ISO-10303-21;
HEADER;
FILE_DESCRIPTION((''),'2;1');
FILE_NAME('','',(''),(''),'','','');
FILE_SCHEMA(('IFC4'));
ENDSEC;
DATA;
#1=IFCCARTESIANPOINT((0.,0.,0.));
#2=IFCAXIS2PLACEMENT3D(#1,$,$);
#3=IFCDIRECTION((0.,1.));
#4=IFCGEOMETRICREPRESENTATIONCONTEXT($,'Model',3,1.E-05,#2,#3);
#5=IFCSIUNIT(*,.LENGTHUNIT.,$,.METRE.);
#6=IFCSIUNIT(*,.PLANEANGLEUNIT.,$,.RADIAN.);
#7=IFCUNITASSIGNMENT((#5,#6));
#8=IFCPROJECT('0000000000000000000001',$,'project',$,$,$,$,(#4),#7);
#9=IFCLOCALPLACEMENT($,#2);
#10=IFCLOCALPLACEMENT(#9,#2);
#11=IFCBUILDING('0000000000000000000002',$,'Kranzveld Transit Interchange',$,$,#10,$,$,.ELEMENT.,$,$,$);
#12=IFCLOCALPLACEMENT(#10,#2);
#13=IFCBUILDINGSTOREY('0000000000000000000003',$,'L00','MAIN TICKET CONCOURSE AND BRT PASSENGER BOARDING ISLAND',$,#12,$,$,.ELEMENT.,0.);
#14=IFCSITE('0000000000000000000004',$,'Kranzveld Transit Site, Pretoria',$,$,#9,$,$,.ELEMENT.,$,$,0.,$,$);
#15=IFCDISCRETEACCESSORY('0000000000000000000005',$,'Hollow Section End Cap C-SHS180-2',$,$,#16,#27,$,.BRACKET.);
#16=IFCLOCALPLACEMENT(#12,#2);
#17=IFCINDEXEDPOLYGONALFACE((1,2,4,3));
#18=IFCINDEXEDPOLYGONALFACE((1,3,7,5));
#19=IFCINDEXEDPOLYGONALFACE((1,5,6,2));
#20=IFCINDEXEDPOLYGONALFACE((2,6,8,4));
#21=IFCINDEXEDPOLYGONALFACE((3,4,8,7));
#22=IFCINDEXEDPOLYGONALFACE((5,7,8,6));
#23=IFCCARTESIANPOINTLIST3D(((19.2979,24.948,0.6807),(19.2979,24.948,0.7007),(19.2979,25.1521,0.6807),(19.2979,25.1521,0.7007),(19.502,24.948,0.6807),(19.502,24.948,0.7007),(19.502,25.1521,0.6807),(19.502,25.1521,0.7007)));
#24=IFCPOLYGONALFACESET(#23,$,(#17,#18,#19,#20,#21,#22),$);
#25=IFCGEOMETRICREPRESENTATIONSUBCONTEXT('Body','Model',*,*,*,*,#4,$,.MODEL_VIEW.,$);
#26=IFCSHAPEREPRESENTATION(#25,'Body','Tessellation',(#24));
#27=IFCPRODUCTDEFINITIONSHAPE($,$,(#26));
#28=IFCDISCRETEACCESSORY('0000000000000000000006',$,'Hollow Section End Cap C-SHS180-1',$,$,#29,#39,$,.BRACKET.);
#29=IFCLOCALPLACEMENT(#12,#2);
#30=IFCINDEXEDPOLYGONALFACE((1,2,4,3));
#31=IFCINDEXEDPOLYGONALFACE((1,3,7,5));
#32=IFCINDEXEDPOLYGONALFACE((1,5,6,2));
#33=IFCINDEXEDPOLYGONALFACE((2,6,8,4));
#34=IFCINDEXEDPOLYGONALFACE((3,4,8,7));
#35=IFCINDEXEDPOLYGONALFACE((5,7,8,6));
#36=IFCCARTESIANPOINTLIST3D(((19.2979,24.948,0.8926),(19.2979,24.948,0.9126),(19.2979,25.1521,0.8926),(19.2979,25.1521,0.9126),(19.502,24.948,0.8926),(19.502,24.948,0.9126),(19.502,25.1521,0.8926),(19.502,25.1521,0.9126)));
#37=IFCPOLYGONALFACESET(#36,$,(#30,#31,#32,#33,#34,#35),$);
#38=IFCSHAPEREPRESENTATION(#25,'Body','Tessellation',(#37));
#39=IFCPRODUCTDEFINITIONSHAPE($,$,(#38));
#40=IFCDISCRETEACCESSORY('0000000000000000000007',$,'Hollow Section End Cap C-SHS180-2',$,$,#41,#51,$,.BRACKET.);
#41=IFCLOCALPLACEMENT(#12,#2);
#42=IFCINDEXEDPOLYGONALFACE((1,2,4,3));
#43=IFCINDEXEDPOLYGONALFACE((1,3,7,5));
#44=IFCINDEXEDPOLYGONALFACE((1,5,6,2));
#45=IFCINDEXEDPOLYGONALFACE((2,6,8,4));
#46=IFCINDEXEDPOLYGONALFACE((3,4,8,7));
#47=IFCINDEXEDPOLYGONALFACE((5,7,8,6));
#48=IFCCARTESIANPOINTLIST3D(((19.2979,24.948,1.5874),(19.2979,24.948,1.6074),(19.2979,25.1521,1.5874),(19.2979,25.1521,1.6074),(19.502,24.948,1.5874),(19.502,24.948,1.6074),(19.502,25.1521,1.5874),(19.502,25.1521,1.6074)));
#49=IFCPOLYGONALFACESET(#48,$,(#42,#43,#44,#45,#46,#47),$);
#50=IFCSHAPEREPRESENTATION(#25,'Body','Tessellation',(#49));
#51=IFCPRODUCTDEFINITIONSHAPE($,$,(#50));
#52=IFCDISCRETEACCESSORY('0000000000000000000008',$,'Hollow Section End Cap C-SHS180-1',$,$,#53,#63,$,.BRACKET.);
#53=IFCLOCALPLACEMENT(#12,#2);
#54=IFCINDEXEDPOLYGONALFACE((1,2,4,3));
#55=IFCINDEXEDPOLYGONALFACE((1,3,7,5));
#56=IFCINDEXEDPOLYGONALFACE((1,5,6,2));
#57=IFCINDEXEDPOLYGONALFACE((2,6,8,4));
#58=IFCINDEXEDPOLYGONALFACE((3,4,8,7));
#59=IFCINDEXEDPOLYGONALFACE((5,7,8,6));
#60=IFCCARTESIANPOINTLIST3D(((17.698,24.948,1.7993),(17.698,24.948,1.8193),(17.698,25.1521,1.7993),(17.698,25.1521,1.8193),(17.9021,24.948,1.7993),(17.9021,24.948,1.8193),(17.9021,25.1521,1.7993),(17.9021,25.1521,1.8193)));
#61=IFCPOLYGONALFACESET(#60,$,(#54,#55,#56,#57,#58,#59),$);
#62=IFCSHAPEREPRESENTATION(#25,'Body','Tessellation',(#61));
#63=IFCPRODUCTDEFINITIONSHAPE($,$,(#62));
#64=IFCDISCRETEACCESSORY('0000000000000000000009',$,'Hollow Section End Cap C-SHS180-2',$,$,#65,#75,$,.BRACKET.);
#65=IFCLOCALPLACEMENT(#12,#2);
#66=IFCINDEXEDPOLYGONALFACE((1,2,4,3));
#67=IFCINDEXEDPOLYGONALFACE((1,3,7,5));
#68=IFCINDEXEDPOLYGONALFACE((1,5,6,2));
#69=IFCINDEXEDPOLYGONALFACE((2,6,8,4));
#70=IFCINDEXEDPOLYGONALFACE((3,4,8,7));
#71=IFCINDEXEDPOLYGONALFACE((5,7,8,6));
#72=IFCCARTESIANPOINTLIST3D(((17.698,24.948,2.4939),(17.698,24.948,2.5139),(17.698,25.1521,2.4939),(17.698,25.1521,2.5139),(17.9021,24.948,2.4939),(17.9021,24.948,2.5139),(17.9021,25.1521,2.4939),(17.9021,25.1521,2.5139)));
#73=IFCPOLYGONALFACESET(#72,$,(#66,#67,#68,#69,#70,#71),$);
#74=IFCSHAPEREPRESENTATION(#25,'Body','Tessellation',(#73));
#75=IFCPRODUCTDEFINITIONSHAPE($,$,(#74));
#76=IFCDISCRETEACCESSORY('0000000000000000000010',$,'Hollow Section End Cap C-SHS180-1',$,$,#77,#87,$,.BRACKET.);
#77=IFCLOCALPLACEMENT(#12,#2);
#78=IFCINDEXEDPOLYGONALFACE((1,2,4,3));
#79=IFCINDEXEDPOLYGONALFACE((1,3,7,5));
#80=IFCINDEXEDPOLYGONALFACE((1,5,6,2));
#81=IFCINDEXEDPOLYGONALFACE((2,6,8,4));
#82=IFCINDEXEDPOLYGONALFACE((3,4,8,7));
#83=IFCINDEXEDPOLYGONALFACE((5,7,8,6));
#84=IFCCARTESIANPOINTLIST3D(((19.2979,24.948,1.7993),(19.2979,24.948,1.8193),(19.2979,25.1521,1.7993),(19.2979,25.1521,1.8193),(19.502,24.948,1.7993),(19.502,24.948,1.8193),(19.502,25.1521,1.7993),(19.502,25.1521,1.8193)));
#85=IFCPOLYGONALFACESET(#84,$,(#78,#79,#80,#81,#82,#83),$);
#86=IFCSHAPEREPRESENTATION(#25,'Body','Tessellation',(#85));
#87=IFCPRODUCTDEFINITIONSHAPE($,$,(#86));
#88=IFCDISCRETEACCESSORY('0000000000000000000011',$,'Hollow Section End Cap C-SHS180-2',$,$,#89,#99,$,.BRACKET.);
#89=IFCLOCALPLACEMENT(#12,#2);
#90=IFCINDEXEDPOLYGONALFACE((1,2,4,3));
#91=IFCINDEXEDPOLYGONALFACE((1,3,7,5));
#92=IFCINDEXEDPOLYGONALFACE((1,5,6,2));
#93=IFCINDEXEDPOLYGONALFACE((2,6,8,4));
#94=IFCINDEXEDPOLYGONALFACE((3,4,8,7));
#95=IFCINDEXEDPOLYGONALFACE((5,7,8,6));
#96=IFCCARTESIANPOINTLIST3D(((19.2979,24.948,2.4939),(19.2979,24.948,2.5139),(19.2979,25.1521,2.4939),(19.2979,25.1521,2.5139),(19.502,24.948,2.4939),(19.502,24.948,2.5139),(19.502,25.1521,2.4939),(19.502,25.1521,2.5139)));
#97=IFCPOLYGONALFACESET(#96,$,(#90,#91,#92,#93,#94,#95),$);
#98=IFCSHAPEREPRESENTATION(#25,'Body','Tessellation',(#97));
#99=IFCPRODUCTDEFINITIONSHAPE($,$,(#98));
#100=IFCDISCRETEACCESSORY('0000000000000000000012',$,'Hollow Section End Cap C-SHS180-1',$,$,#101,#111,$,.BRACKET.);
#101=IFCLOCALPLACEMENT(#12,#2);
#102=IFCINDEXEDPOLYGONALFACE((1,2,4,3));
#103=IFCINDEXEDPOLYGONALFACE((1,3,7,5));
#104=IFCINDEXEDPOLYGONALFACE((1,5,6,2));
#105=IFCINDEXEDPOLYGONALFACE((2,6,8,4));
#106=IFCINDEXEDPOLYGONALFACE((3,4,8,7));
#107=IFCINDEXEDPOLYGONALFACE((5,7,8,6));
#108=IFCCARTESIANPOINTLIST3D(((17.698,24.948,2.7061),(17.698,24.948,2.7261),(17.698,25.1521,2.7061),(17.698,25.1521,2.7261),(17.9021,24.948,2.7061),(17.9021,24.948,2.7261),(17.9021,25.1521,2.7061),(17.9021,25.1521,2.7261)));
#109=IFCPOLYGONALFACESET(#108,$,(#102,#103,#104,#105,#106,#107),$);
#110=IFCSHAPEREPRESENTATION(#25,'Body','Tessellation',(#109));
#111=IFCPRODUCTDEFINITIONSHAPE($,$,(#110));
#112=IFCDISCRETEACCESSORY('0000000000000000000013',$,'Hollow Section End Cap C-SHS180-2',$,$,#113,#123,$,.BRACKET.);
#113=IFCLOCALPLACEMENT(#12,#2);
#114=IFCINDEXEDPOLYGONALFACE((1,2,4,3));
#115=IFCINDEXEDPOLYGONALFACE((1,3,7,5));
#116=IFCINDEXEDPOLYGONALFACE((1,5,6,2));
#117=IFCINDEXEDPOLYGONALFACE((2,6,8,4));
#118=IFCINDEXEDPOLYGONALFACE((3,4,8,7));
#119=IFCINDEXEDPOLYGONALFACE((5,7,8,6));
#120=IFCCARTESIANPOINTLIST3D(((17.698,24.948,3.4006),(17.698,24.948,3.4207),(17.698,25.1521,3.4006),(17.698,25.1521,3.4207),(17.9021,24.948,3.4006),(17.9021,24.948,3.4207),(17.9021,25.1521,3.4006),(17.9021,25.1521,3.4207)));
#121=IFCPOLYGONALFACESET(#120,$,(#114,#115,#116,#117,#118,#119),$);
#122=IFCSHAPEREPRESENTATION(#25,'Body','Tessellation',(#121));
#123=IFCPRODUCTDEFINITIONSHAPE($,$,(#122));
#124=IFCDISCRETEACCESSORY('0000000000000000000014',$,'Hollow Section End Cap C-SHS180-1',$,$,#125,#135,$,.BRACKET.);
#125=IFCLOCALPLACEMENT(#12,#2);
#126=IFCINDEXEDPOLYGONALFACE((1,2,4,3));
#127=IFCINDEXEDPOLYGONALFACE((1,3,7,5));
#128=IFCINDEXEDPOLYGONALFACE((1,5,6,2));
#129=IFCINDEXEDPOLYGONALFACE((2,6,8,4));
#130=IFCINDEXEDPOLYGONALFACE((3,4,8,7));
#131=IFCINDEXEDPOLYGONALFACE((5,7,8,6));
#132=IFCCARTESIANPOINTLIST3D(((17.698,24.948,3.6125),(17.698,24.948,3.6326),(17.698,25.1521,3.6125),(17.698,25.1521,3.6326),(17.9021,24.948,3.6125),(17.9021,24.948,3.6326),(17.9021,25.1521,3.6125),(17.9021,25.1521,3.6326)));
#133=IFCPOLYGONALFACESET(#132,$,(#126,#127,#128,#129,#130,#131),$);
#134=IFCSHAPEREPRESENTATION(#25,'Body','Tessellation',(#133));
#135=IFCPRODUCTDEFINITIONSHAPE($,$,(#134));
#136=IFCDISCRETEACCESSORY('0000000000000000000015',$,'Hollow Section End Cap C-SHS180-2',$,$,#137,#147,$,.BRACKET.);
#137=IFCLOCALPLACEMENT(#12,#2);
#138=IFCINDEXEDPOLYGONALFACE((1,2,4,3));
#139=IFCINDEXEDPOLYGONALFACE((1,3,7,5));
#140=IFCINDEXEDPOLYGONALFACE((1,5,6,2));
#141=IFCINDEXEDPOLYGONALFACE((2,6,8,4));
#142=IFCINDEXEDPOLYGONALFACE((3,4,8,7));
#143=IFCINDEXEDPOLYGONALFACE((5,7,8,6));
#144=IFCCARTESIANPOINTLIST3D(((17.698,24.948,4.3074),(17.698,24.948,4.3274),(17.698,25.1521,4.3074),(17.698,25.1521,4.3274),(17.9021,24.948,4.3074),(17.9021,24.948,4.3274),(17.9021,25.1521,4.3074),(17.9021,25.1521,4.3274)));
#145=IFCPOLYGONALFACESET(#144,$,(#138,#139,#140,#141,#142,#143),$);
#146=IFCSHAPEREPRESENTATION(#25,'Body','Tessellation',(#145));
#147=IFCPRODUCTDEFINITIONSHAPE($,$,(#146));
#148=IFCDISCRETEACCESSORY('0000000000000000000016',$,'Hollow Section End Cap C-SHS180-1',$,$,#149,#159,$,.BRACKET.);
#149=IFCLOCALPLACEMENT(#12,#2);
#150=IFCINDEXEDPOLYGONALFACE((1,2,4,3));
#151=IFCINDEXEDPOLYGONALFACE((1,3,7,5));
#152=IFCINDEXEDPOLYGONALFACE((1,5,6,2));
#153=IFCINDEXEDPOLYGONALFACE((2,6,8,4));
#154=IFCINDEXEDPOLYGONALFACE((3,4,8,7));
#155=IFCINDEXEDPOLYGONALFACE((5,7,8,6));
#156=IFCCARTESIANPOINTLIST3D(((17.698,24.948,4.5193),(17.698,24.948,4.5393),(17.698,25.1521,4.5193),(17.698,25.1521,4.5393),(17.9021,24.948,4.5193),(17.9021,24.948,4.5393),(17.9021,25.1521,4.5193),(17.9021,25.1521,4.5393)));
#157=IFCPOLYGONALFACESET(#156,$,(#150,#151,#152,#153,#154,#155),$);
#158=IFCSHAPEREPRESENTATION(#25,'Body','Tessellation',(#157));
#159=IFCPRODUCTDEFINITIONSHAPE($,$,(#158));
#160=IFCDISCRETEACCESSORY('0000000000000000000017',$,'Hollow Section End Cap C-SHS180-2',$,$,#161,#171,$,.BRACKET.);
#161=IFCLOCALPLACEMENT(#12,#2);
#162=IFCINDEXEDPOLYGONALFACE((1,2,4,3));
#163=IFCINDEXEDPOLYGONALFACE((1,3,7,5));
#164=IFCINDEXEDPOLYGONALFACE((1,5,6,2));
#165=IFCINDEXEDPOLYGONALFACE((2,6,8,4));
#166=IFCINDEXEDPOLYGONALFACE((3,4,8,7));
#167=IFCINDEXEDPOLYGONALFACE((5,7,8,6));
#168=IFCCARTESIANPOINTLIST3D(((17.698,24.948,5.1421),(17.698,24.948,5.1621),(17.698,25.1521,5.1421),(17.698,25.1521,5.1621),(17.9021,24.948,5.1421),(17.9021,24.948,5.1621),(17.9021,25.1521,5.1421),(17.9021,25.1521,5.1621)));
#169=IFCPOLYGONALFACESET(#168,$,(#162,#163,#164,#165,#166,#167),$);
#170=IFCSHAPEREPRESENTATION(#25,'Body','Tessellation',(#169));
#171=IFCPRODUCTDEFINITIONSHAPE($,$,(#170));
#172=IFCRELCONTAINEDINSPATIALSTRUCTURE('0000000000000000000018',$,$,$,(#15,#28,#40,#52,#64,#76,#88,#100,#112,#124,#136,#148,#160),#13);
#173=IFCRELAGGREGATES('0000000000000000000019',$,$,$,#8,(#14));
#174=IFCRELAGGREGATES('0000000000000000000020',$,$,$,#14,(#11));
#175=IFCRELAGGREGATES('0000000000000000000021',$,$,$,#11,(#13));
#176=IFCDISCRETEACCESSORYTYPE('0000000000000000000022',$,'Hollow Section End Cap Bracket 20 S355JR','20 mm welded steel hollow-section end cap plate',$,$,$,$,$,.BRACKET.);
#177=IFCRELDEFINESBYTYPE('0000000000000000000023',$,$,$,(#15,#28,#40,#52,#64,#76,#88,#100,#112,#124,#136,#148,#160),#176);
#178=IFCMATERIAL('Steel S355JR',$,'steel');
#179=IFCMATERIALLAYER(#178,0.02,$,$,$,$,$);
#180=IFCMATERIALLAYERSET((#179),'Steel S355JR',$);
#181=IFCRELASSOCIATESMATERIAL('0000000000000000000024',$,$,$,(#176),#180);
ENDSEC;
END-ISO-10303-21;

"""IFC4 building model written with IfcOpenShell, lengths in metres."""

from ifc_helpers import new_model, si_unit, direction, frame, origin, origin_2d, place, context, subcontext, project, spatial, rectangle, extrude, material, layer, layer_set, type_object, element, save


model = new_model("IFC4")

# Units and contexts
model_context = context("Model", 3, precision=1e-05, world=origin(), true_north=direction((0.0, 1.0)))
body_context = subcontext(model_context, "Body", "Model", "MODEL_VIEW")
ifc_project = project(units=[si_unit("LENGTHUNIT", "METRE"), si_unit("PLANEANGLEUNIT", "RADIAN")], contexts=[model_context])

# Site, building, storey
site_placement = place(None, origin())
site = spatial("IfcSite", under=ifc_project, at=site_placement, Name="Kranzveld Transit Site, Pretoria", CompositionType="ELEMENT", RefElevation=0.0)
building_placement = place(site_placement, origin())
building = spatial("IfcBuilding", under=site, at=building_placement, Name="Kranzveld Transit Interchange", CompositionType="ELEMENT")
storey_placement = place(building_placement, origin())
storey = spatial("IfcBuildingStorey", under=building, at=storey_placement, Name="L00", Description="MAIN TICKET CONCOURSE AND BRT PASSENGER BOARDING ISLAND", CompositionType="ELEMENT", Elevation=0.0)

# Discrete accessories
ifc_material_1 = material(Name="Steel S355JR", Category="steel")
ifc_layer_1 = layer(ifc_material_1, 0.02)
ifc_layer_set_1 = layer_set([ifc_layer_1], Name="Steel S355JR")
discrete_accessory_type = type_object("IfcDiscreteAccessoryType", Name="Hollow Section End Cap Bracket 20 S355JR", Description="20 mm welded steel hollow-section end cap plate", PredefinedType="BRACKET", material=ifc_layer_set_1)
for number, where, z_axis, x_axis, name in (
    (1, (19.3999, 25.05, 0.6807), (0.0, 0.0, 1.0), (1.0, 0.0, 0.0), "Hollow Section End Cap C-SHS180-2"),
    (2, (19.3999, 25.05, 0.9126), (0.0, 0.0, -1.0), (1.0, 0.0, 0.0), "Hollow Section End Cap C-SHS180-1"),
    (3, (19.3999, 25.05, 1.5874), (0.0, 0.0, 1.0), (1.0, 0.0, 0.0), "Hollow Section End Cap C-SHS180-2"),
    (4, (17.8, 25.05, 1.8193), (0.0, 0.0, -1.0), (1.0, 0.0, 0.0), "Hollow Section End Cap C-SHS180-1"),
    (5, (17.8, 25.05, 2.4939), (0.0, 0.0, 1.0), (1.0, 0.0, 0.0), "Hollow Section End Cap C-SHS180-2"),
    (6, (19.3999, 25.05, 1.8193), (0.0, 0.0, -1.0), (1.0, 0.0, 0.0), "Hollow Section End Cap C-SHS180-1"),
    (7, (19.3999, 25.05, 2.4939), (0.0, 0.0, 1.0), (1.0, 0.0, 0.0), "Hollow Section End Cap C-SHS180-2"),
    (8, (17.8, 25.05, 2.7261), (0.0, 0.0, -1.0), (1.0, 0.0, 0.0), "Hollow Section End Cap C-SHS180-1"),
    (9, (17.8, 25.05, 3.4006), (0.0, 0.0, 1.0), (1.0, 0.0, 0.0), "Hollow Section End Cap C-SHS180-2"),
    (10, (17.8, 25.05, 3.6326), (0.0, 0.0, -1.0), (1.0, 0.0, 0.0), "Hollow Section End Cap C-SHS180-1"),
    (11, (17.8, 25.05, 4.3074), (0.0, 0.0, 1.0), (1.0, 0.0, 0.0), "Hollow Section End Cap C-SHS180-2"),
    (12, (17.8, 25.05, 4.5393), (0.0, 0.0, -1.0), (1.0, 0.0, 0.0), "Hollow Section End Cap C-SHS180-1"),
    (13, (17.8, 25.05, 5.1421), (0.0, 0.0, 1.0), (1.0, 0.0, 0.0), "Hollow Section End Cap C-SHS180-2"),
):
    element("IfcDiscreteAccessory", number, at=place(storey_placement, frame(where, z_axis=z_axis, x_axis=x_axis)), inside=storey, type_object=discrete_accessory_type, Name=name, PredefinedType="BRACKET", context=body_context, shape_type="SweptSolid", body=[
        extrude(rectangle(XDim=0.2041, YDim=0.2041, at=origin_2d()), origin(), (0.0, 0.0, 1.0), 0.02),
    ])

save(model, "model.ifc")
